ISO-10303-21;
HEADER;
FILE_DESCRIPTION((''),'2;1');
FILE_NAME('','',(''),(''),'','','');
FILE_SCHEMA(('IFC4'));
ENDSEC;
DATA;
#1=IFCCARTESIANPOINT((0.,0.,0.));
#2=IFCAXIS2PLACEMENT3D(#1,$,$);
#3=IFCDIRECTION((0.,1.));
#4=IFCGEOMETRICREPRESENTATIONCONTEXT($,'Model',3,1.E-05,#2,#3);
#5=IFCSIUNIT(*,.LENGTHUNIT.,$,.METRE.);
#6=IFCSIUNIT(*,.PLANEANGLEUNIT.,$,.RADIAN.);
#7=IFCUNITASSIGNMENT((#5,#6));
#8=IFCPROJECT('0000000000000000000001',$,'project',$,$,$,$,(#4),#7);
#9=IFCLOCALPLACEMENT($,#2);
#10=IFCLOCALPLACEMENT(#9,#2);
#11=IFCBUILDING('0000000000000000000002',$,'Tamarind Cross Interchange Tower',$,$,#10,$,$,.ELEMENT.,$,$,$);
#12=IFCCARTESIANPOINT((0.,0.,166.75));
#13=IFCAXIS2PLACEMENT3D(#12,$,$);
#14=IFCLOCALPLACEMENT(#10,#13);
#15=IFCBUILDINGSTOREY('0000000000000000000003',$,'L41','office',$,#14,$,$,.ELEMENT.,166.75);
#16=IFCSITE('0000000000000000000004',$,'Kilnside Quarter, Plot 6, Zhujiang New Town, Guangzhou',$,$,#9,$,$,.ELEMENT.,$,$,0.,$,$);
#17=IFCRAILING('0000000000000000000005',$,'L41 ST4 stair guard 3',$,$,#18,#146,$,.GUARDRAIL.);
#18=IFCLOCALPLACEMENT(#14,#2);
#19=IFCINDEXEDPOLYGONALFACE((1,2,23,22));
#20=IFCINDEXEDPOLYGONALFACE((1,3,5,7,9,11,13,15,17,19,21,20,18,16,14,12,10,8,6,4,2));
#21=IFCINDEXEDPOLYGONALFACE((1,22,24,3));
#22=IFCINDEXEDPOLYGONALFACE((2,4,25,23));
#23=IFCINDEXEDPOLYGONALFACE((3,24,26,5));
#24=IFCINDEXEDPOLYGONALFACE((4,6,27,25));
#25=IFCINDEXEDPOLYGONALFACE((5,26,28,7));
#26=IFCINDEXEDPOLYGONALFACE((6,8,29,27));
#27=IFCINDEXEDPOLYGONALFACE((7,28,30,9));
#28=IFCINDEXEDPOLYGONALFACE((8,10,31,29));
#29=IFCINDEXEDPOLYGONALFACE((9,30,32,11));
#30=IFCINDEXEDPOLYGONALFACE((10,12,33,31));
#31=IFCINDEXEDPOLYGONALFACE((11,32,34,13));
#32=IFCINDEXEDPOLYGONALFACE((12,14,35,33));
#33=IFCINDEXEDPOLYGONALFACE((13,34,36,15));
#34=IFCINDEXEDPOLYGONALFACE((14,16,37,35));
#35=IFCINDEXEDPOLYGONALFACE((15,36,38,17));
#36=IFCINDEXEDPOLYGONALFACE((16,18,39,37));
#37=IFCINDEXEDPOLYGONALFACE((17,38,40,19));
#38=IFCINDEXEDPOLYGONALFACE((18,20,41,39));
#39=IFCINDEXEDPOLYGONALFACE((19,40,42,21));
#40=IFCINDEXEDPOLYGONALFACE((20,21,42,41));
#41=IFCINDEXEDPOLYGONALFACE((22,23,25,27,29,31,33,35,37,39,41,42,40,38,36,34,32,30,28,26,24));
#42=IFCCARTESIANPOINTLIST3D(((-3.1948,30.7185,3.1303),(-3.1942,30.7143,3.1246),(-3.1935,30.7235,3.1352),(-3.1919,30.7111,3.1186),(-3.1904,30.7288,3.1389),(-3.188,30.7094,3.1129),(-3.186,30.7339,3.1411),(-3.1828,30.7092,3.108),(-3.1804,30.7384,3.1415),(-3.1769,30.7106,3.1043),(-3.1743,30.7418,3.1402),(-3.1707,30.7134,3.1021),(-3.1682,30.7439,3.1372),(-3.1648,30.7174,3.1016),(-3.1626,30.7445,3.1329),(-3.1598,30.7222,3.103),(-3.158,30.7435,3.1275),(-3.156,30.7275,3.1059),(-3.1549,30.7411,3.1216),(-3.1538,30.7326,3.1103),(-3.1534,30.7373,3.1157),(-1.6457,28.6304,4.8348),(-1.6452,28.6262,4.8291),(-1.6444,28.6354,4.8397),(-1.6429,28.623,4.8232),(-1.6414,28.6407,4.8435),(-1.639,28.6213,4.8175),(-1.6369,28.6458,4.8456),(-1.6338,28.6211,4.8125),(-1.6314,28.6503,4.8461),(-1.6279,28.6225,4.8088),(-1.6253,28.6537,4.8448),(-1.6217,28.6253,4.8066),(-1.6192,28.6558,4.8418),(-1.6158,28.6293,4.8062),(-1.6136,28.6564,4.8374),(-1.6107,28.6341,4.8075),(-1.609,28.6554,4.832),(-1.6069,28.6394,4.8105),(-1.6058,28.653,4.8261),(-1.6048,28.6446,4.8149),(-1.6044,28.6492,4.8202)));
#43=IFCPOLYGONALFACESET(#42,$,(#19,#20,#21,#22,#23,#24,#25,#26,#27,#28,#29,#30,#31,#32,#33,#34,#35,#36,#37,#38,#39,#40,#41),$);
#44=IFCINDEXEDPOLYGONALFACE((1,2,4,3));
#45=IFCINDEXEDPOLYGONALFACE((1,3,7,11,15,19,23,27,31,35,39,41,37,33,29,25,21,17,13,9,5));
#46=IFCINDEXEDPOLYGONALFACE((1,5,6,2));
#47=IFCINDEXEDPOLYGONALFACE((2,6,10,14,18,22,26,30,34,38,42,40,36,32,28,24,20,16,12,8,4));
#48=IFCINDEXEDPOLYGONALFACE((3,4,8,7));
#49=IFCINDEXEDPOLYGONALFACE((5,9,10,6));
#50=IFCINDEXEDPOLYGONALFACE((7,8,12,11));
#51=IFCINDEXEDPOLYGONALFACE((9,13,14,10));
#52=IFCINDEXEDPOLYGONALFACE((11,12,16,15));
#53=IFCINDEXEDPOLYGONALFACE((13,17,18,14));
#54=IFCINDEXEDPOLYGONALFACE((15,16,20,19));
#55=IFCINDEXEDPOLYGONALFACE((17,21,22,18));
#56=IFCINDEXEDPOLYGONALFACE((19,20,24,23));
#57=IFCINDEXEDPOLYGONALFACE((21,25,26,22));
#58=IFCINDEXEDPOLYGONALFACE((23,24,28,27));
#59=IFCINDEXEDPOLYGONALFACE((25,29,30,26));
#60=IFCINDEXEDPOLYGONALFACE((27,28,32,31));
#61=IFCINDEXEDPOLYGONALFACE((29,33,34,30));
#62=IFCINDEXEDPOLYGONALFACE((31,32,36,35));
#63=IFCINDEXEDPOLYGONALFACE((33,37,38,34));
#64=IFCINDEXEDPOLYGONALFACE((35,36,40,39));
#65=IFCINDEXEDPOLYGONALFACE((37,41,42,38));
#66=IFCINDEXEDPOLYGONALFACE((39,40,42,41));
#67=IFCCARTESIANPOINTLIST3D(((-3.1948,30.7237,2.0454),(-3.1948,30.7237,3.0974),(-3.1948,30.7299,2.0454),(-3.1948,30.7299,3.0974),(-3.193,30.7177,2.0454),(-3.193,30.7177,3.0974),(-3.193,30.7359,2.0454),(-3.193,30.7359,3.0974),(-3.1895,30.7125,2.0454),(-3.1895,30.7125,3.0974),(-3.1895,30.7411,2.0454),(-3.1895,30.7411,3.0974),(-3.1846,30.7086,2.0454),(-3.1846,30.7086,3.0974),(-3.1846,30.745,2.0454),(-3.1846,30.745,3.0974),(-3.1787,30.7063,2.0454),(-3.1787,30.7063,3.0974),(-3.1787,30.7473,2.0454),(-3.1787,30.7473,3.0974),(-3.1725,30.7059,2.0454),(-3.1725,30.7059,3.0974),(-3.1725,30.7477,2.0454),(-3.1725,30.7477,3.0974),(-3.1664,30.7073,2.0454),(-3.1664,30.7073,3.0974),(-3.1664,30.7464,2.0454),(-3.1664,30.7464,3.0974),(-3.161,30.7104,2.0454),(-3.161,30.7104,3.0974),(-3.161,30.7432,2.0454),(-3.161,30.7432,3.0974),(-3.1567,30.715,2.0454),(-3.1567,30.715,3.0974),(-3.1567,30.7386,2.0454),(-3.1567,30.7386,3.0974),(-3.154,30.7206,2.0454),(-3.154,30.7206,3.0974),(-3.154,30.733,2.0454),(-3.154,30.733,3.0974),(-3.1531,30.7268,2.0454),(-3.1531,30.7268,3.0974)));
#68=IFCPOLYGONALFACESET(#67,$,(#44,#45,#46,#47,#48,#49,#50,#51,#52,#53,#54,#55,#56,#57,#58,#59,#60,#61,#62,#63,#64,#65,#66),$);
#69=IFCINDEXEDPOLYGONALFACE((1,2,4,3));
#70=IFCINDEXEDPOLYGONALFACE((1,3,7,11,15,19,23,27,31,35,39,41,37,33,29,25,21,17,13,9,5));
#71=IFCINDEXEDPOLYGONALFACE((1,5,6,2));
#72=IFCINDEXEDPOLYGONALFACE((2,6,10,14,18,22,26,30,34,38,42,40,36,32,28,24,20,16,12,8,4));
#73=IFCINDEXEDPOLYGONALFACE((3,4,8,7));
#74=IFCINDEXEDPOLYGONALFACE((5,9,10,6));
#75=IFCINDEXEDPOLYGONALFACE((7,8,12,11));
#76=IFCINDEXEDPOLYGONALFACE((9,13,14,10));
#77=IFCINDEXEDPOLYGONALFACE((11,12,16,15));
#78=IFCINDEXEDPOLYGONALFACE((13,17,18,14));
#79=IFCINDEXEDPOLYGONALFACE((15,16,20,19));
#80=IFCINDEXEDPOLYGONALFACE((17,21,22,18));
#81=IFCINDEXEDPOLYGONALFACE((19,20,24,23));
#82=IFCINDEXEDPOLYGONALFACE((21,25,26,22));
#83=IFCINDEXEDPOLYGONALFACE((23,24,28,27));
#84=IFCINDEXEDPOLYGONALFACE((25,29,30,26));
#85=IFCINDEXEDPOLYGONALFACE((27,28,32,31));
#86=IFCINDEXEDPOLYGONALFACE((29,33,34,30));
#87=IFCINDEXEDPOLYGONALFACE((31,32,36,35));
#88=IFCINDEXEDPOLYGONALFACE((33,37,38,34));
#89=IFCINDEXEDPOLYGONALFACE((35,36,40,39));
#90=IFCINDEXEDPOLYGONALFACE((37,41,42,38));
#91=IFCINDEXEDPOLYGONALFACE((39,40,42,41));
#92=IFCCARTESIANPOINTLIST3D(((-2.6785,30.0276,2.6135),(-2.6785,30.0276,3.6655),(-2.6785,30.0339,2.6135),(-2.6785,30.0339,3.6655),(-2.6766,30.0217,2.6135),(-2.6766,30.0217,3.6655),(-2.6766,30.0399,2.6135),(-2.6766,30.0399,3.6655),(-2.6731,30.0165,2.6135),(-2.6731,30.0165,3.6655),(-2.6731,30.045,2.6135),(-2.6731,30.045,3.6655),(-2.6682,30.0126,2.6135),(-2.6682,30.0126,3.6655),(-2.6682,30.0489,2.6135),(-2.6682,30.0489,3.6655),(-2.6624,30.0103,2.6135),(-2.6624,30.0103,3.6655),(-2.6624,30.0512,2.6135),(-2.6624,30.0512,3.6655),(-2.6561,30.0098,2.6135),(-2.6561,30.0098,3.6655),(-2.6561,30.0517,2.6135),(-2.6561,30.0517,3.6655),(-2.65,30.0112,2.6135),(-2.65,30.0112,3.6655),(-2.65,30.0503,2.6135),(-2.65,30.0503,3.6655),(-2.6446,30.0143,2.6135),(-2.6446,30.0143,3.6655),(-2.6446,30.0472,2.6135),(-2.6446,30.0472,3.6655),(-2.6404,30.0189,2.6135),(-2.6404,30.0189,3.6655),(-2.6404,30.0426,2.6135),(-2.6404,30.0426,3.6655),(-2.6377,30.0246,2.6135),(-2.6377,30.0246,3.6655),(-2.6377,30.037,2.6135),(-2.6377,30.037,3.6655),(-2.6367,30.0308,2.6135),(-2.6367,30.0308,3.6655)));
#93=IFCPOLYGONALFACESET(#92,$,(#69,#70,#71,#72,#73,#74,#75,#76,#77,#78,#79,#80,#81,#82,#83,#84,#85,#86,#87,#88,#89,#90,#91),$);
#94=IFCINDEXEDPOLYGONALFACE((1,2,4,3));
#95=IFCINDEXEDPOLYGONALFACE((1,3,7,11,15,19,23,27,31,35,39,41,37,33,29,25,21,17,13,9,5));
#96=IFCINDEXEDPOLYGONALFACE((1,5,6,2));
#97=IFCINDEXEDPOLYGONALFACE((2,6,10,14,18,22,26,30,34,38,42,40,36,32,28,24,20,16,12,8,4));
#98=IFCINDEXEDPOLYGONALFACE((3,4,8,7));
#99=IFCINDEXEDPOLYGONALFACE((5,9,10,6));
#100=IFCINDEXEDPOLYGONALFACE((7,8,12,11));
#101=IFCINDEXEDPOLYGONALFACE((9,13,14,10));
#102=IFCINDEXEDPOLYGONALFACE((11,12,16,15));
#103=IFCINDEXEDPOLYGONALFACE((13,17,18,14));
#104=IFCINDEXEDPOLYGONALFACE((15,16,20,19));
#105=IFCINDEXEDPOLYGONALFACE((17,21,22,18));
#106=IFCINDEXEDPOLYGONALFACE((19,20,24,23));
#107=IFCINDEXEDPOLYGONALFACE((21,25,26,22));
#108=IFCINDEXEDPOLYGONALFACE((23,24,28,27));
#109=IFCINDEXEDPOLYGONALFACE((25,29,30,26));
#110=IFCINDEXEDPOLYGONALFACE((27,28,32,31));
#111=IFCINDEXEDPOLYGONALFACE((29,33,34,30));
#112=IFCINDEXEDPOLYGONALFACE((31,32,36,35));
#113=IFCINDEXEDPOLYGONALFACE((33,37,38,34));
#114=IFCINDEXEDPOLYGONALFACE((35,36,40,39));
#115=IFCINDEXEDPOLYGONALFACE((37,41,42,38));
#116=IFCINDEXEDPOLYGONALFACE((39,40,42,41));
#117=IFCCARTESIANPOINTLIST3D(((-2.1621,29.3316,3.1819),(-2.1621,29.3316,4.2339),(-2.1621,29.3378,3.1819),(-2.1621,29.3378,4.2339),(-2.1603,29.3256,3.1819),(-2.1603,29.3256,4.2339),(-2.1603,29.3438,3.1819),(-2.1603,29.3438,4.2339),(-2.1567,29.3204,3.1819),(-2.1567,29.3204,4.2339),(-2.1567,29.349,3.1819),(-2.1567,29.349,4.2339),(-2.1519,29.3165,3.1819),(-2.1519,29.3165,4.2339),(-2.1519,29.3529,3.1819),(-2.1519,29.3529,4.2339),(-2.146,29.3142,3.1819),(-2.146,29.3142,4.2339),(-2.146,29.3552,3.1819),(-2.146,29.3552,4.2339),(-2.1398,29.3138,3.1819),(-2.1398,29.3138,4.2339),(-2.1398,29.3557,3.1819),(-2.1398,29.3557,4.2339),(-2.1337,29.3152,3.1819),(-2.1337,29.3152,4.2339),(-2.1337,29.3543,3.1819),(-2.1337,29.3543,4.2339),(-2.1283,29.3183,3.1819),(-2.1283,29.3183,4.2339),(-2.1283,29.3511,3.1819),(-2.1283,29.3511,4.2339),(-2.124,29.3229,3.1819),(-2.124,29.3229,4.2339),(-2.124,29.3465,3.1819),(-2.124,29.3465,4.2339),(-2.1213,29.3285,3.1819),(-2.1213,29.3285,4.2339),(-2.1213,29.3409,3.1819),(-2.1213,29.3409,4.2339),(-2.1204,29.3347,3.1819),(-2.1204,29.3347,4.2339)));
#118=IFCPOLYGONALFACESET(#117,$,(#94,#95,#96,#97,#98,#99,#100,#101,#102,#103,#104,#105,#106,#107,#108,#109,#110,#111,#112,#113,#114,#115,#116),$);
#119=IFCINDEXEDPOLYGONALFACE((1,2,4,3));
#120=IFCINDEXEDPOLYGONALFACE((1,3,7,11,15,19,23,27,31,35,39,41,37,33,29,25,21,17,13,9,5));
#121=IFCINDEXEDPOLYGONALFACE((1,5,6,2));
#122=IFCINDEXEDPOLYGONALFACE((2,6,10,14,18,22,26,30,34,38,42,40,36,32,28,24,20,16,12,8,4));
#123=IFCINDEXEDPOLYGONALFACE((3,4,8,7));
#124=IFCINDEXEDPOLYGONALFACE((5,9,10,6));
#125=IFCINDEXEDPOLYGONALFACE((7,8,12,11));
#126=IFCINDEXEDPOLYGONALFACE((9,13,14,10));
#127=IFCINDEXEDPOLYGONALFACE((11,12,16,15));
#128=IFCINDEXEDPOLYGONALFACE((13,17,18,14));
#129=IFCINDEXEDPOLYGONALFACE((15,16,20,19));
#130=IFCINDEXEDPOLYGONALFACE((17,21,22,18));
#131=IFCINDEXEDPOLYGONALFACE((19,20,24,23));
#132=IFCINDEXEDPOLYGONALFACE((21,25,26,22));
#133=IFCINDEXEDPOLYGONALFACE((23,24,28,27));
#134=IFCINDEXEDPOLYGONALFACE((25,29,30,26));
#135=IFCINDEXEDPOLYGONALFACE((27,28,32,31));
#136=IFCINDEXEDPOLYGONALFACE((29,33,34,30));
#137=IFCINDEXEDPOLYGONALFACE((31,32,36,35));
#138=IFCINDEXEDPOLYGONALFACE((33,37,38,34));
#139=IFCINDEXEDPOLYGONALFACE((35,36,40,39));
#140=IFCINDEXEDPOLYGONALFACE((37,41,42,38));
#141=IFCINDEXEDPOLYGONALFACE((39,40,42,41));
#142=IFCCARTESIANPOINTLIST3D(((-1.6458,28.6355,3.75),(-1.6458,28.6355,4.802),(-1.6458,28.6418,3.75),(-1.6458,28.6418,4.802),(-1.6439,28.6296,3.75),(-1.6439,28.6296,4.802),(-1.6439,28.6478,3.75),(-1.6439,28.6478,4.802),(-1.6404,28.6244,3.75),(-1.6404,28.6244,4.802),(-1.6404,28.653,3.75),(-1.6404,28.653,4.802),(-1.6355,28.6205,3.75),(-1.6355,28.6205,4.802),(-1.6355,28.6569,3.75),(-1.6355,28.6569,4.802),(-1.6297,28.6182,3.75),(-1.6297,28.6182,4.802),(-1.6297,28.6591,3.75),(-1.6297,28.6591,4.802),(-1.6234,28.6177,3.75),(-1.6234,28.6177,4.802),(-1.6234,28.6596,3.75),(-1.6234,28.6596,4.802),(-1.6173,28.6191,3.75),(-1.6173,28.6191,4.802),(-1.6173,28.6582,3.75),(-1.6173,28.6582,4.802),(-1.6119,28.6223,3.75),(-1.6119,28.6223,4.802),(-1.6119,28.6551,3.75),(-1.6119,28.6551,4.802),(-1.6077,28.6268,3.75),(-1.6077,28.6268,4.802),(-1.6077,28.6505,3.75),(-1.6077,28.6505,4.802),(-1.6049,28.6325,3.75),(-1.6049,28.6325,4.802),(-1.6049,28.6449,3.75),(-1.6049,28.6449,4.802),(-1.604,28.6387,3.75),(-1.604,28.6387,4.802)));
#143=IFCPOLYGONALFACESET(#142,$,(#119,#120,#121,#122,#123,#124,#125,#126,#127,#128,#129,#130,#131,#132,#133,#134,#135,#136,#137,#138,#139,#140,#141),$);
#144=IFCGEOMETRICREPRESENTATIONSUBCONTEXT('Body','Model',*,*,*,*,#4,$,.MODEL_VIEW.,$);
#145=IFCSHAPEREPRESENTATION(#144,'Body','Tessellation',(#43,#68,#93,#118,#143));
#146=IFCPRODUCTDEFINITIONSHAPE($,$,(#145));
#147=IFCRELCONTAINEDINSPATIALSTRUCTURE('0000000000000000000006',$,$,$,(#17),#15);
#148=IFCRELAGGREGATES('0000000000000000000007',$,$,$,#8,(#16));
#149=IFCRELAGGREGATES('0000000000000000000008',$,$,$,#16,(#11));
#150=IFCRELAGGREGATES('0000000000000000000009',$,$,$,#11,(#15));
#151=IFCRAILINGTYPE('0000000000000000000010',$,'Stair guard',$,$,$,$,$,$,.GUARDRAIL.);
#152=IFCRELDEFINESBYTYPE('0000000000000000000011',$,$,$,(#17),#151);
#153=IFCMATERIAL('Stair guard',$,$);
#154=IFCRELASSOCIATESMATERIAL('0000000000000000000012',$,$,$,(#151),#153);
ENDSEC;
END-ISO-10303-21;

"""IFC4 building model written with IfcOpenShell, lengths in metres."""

from ifc_helpers import new_model, si_unit, direction, frame, origin, origin_2d, place, context, subcontext, project, spatial, circle, extrude, material, type_object, element, save


model = new_model("IFC4")

# Units and contexts
model_context = context("Model", 3, precision=1e-05, world=origin(), true_north=direction((0.0, 1.0)))
body_context = subcontext(model_context, "Body", "Model", "MODEL_VIEW")
ifc_project = project(units=[si_unit("LENGTHUNIT", "METRE"), si_unit("PLANEANGLEUNIT", "RADIAN")], contexts=[model_context])

# Site, building, storey
site_placement = place(None, origin())
site = spatial("IfcSite", under=ifc_project, at=site_placement, Name="Kilnside Quarter, Plot 6, Zhujiang New Town, Guangzhou", CompositionType="ELEMENT", RefElevation=0.0)
building_placement = place(site_placement, origin())
building = spatial("IfcBuilding", under=site, at=building_placement, Name="Tamarind Cross Interchange Tower", CompositionType="ELEMENT")
storey_placement = place(building_placement, frame((0.0, 0.0, 166.75)))
storey = spatial("IfcBuildingStorey", under=building, at=storey_placement, Name="L41", Description="office", CompositionType="ELEMENT", Elevation=166.75)

# Railing
ifc_material_1 = material(Name="Stair guard")
railing_type_1 = type_object("IfcRailingType", Name="Stair guard", PredefinedType="GUARDRAIL", material=ifc_material_1)
railing_1_placement = place(storey_placement, frame((-3.1741, 30.7268, 2.0454)))
element("IfcRailing", 1, at=railing_1_placement, inside=storey, type_object=railing_type_1, Name="L41 ST4 stair guard 3", PredefinedType="GUARDRAIL", context=body_context, shape_type="SweptSolid", body=[
    extrude(circle(Radius=0.0239, at=origin_2d()), frame((0.0, 0.0, 1.0762), z_axis=(0.498263, -0.671653, 0.548285), x_axis=(0.803133, 0.5958, 0.0)), (0.0, 0.0, 1.0), 3.1089),
    extrude(circle(Radius=0.021, at=origin_2d()), origin(), (0.0, 0.0, 1.0), 1.052),
    extrude(circle(Radius=0.021, at=origin_2d()), frame((0.5164, -0.696, 0.5681)), (0.0, 0.0, 1.0), 1.052),
    extrude(circle(Radius=0.021, at=origin_2d()), frame((1.0327, -1.3921, 1.1365)), (0.0, 0.0, 1.0), 1.052),
    extrude(circle(Radius=0.021, at=origin_2d()), frame((1.5491, -2.0881, 1.7046)), (0.0, 0.0, 1.0), 1.052),
])

save(model, "model.ifc")
